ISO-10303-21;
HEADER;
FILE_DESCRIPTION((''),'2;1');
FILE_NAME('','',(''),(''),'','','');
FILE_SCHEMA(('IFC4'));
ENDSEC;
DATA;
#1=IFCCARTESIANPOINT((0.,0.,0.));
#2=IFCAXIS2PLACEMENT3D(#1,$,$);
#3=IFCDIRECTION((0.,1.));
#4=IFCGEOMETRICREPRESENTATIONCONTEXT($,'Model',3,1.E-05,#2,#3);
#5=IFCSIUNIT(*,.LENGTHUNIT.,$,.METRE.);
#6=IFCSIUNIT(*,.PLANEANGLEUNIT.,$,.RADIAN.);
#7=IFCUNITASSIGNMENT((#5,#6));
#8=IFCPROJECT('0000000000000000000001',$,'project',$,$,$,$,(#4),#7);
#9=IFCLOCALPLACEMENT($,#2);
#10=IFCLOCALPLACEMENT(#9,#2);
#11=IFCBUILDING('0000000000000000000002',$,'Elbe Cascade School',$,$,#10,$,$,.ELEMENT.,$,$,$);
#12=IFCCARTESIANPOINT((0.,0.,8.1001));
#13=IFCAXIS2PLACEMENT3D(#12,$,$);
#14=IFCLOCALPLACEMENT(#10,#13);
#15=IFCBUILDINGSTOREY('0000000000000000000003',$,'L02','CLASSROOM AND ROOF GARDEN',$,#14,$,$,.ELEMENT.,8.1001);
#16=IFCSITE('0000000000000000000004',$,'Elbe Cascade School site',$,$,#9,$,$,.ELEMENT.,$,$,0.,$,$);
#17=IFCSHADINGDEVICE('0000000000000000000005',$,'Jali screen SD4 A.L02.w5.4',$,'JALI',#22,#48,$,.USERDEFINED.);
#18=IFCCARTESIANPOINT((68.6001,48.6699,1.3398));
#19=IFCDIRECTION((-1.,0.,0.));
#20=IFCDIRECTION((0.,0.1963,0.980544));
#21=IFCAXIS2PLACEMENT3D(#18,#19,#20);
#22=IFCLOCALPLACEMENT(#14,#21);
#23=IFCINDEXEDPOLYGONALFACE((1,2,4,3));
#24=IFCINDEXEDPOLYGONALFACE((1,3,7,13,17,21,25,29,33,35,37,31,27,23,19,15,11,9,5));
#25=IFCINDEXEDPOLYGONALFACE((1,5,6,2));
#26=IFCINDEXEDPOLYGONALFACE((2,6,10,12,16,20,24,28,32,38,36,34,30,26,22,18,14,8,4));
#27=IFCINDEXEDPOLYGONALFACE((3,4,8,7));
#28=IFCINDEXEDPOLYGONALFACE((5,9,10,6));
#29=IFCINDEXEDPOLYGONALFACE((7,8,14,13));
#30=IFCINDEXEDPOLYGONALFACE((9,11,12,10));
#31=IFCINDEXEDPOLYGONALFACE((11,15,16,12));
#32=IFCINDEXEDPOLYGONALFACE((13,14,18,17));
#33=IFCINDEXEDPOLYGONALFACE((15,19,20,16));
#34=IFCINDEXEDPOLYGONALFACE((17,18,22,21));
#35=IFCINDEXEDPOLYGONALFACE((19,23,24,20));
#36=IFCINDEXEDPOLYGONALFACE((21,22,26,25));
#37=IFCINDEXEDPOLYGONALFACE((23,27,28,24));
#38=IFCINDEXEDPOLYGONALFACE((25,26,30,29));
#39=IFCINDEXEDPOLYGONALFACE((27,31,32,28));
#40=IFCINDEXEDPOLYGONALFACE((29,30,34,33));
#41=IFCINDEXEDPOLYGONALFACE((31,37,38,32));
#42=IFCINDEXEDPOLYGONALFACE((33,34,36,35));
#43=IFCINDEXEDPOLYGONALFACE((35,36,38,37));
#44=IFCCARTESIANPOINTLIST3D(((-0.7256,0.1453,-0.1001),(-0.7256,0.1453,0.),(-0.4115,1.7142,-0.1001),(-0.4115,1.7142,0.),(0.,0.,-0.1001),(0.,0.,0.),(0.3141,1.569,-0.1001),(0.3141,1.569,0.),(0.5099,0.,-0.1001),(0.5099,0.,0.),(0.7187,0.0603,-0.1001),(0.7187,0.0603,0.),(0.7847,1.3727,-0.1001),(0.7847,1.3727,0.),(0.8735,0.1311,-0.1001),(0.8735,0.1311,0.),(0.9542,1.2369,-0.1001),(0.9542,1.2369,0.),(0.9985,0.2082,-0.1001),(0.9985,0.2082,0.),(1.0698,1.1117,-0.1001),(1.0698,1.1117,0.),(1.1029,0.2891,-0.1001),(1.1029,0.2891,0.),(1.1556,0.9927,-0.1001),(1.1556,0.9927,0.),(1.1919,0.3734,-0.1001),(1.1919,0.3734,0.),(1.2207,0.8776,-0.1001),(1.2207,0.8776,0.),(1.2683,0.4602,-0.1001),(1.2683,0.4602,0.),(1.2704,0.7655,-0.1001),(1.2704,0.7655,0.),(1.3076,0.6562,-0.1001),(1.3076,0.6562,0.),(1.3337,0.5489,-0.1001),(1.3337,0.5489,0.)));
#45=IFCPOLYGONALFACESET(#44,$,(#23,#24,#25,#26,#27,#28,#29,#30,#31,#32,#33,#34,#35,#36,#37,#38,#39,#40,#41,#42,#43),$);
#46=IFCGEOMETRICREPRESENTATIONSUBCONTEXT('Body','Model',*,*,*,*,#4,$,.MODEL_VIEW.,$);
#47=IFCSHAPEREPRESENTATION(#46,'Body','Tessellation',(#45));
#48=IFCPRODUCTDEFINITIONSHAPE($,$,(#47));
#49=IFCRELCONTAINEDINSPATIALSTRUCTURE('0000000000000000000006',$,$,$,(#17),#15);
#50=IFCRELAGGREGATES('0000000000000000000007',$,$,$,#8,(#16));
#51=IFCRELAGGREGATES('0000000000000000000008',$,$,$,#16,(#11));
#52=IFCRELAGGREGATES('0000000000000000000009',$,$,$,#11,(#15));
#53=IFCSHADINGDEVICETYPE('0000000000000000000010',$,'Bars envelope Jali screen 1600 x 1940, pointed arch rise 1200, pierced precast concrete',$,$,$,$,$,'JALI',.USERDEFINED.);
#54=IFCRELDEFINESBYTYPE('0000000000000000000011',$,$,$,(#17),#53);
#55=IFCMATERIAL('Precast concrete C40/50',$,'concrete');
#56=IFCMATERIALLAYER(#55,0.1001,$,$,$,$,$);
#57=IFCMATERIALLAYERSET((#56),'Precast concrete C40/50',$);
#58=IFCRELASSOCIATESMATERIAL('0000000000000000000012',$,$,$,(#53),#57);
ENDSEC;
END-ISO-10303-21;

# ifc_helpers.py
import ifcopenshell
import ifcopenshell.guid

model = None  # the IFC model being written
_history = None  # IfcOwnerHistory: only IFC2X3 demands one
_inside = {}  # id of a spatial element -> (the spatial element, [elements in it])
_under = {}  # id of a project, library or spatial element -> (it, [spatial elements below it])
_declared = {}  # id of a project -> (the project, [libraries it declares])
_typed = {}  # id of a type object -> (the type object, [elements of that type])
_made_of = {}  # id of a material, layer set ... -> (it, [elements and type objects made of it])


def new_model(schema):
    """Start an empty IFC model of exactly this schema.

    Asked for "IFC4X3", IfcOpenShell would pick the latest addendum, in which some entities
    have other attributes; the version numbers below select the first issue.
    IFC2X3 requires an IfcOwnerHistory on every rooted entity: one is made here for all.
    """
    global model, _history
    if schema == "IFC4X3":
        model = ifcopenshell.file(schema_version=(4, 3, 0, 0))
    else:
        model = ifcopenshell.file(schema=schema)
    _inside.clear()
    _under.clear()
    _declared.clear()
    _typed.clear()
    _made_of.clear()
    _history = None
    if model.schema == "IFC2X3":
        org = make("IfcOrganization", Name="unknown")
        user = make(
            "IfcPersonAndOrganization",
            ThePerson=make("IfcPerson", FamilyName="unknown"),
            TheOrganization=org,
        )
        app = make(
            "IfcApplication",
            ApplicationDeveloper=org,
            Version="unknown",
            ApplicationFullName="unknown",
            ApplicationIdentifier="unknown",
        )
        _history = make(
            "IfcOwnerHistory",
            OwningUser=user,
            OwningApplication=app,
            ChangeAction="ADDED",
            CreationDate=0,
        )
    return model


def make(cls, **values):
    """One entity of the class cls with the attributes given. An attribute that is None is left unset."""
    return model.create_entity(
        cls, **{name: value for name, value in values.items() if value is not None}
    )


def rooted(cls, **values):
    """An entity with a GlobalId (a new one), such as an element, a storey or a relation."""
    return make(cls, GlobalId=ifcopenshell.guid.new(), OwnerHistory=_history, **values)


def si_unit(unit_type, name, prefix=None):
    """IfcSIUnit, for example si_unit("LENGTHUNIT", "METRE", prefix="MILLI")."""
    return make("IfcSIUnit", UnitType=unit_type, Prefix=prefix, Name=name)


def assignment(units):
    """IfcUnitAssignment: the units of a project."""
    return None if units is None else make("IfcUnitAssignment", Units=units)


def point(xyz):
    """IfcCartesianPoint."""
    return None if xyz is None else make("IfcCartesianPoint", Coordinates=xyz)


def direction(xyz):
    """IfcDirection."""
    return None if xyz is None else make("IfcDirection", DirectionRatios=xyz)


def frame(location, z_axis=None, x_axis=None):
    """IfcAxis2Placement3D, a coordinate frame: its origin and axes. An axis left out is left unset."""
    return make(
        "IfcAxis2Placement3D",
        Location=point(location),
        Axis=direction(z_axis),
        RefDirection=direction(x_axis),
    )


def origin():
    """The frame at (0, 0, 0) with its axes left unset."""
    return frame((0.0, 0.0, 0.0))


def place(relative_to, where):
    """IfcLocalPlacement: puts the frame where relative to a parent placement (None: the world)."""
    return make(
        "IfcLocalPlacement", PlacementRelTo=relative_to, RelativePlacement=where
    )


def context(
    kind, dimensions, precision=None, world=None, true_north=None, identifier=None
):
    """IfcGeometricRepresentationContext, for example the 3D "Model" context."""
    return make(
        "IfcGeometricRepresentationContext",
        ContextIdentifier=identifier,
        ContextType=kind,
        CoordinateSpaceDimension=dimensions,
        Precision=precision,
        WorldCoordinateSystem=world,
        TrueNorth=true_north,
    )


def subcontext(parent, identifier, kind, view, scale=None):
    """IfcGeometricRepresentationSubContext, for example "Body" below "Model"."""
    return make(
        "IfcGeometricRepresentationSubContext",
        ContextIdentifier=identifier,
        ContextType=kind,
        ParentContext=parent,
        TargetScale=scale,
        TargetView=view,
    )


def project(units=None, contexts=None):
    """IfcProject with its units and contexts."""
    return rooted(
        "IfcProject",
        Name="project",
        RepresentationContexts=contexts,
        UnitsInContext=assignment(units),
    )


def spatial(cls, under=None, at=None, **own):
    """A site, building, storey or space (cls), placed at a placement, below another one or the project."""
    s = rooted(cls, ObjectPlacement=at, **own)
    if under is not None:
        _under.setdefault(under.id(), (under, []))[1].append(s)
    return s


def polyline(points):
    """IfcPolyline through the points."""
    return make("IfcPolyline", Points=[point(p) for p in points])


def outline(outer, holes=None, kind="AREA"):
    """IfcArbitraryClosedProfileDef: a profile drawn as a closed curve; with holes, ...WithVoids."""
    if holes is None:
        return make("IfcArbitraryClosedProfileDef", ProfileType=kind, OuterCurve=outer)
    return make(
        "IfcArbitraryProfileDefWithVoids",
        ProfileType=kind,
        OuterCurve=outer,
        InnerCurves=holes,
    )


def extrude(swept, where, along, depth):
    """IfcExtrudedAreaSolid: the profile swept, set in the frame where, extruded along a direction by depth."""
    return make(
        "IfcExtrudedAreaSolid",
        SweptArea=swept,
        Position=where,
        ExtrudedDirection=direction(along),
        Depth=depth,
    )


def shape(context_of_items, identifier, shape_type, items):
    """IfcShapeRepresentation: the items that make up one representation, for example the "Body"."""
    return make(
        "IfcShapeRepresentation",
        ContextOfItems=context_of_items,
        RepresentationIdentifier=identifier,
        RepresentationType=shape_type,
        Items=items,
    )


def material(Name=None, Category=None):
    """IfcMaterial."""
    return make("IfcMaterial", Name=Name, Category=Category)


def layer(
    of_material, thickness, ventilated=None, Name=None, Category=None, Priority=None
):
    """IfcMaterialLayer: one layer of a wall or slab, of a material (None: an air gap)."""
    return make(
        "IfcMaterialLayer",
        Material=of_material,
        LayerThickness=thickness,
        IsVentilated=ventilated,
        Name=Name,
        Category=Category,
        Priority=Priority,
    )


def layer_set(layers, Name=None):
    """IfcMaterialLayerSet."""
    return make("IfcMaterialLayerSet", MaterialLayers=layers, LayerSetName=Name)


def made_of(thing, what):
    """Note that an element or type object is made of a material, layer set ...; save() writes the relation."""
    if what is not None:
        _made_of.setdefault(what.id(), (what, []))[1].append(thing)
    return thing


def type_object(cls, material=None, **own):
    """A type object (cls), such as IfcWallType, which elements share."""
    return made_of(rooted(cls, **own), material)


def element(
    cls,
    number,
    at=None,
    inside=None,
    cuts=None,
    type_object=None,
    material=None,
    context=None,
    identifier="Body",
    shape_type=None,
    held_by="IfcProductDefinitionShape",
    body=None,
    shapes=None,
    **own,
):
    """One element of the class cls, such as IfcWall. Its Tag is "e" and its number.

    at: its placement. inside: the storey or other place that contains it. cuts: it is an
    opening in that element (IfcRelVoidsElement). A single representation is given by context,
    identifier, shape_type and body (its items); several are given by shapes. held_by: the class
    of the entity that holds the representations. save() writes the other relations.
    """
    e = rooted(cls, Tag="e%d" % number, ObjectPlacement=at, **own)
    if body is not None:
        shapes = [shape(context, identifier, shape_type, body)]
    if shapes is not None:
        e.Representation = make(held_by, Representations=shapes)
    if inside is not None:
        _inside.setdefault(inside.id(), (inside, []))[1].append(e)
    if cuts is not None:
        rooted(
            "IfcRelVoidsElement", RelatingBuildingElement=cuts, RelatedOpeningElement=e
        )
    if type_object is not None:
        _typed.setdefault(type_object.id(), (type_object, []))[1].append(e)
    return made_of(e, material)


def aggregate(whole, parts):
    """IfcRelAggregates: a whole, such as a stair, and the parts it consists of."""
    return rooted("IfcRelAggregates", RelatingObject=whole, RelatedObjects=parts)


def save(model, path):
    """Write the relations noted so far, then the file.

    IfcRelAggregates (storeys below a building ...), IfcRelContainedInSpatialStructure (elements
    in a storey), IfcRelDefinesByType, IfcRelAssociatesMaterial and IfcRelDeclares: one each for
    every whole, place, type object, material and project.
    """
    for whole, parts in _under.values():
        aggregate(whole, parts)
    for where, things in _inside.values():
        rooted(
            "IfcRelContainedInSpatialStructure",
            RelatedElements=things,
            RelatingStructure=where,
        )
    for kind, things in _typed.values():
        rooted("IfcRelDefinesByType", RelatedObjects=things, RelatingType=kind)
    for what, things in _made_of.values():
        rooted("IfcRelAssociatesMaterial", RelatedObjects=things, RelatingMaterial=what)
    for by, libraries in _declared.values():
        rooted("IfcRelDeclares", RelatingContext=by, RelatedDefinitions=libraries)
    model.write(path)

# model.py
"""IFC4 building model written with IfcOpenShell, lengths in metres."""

from ifc_helpers import new_model, si_unit, direction, frame, origin, place, context, subcontext, project, spatial, polyline, outline, extrude, material, layer, layer_set, type_object, element, save


model = new_model("IFC4")

# Units and contexts
model_context = context("Model", 3, precision=1e-05, world=origin(), true_north=direction((0.0, 1.0)))
body_context = subcontext(model_context, "Body", "Model", "MODEL_VIEW")
ifc_project = project(units=[si_unit("LENGTHUNIT", "METRE"), si_unit("PLANEANGLEUNIT", "RADIAN")], contexts=[model_context])

# Site, building, storey
site_placement = place(None, origin())
site = spatial("IfcSite", under=ifc_project, at=site_placement, Name="Elbe Cascade School site", CompositionType="ELEMENT", RefElevation=0.0)
building_placement = place(site_placement, origin())
building = spatial("IfcBuilding", under=site, at=building_placement, Name="Elbe Cascade School", CompositionType="ELEMENT")
storey_placement = place(building_placement, frame((0.0, 0.0, 8.1001)))
storey = spatial("IfcBuildingStorey", under=building, at=storey_placement, Name="L02", Description="CLASSROOM AND ROOF GARDEN", CompositionType="ELEMENT", Elevation=8.1001)

# Shading device
ifc_material_1 = material(Name="Precast concrete C40/50", Category="concrete")
ifc_layer_1 = layer(ifc_material_1, 0.1001)
ifc_layer_set_1 = layer_set([ifc_layer_1], Name="Precast concrete C40/50")
shading_device_type = type_object("IfcShadingDeviceType", Name="Bars envelope Jali screen 1600 x 1940, pointed arch rise 1200, pierced precast concrete", ElementType="JALI", PredefinedType="USERDEFINED", material=ifc_layer_set_1)
shading_device_placement = place(storey_placement, frame((68.6001, 48.6699, 1.3398), z_axis=(-1.0, 0.0, 0.0), x_axis=(0.0, 0.1963, 0.980544)))
element("IfcShadingDevice", 1, at=shading_device_placement, inside=storey, type_object=shading_device_type, Name="Jali screen SD4 A.L02.w5.4", ObjectType="JALI", PredefinedType="USERDEFINED", context=body_context, shape_type="SweptSolid", body=[
    extrude(outline(polyline([(0.0, 0.0), (0.5099, 0.0), (0.7187, 0.0603), (0.8735, 0.1311), (0.9985, 0.2082), (1.1029, 0.2891), (1.1919, 0.3734), (1.2683, 0.4602), (1.3337, 0.5489), (1.3076, 0.6562), (1.2704, 0.7655), (1.2207, 0.8776), (1.1556, 0.9927), (1.0698, 1.1117), (0.9542, 1.2369), (0.7847, 1.3727), (0.3141, 1.569), (-0.4115, 1.7142), (-0.7256, 0.1453), (0.0, 0.0)])), origin(), (0.0, 0.0, -1.0), 0.1001),
])

save(model, "model.ifc")
